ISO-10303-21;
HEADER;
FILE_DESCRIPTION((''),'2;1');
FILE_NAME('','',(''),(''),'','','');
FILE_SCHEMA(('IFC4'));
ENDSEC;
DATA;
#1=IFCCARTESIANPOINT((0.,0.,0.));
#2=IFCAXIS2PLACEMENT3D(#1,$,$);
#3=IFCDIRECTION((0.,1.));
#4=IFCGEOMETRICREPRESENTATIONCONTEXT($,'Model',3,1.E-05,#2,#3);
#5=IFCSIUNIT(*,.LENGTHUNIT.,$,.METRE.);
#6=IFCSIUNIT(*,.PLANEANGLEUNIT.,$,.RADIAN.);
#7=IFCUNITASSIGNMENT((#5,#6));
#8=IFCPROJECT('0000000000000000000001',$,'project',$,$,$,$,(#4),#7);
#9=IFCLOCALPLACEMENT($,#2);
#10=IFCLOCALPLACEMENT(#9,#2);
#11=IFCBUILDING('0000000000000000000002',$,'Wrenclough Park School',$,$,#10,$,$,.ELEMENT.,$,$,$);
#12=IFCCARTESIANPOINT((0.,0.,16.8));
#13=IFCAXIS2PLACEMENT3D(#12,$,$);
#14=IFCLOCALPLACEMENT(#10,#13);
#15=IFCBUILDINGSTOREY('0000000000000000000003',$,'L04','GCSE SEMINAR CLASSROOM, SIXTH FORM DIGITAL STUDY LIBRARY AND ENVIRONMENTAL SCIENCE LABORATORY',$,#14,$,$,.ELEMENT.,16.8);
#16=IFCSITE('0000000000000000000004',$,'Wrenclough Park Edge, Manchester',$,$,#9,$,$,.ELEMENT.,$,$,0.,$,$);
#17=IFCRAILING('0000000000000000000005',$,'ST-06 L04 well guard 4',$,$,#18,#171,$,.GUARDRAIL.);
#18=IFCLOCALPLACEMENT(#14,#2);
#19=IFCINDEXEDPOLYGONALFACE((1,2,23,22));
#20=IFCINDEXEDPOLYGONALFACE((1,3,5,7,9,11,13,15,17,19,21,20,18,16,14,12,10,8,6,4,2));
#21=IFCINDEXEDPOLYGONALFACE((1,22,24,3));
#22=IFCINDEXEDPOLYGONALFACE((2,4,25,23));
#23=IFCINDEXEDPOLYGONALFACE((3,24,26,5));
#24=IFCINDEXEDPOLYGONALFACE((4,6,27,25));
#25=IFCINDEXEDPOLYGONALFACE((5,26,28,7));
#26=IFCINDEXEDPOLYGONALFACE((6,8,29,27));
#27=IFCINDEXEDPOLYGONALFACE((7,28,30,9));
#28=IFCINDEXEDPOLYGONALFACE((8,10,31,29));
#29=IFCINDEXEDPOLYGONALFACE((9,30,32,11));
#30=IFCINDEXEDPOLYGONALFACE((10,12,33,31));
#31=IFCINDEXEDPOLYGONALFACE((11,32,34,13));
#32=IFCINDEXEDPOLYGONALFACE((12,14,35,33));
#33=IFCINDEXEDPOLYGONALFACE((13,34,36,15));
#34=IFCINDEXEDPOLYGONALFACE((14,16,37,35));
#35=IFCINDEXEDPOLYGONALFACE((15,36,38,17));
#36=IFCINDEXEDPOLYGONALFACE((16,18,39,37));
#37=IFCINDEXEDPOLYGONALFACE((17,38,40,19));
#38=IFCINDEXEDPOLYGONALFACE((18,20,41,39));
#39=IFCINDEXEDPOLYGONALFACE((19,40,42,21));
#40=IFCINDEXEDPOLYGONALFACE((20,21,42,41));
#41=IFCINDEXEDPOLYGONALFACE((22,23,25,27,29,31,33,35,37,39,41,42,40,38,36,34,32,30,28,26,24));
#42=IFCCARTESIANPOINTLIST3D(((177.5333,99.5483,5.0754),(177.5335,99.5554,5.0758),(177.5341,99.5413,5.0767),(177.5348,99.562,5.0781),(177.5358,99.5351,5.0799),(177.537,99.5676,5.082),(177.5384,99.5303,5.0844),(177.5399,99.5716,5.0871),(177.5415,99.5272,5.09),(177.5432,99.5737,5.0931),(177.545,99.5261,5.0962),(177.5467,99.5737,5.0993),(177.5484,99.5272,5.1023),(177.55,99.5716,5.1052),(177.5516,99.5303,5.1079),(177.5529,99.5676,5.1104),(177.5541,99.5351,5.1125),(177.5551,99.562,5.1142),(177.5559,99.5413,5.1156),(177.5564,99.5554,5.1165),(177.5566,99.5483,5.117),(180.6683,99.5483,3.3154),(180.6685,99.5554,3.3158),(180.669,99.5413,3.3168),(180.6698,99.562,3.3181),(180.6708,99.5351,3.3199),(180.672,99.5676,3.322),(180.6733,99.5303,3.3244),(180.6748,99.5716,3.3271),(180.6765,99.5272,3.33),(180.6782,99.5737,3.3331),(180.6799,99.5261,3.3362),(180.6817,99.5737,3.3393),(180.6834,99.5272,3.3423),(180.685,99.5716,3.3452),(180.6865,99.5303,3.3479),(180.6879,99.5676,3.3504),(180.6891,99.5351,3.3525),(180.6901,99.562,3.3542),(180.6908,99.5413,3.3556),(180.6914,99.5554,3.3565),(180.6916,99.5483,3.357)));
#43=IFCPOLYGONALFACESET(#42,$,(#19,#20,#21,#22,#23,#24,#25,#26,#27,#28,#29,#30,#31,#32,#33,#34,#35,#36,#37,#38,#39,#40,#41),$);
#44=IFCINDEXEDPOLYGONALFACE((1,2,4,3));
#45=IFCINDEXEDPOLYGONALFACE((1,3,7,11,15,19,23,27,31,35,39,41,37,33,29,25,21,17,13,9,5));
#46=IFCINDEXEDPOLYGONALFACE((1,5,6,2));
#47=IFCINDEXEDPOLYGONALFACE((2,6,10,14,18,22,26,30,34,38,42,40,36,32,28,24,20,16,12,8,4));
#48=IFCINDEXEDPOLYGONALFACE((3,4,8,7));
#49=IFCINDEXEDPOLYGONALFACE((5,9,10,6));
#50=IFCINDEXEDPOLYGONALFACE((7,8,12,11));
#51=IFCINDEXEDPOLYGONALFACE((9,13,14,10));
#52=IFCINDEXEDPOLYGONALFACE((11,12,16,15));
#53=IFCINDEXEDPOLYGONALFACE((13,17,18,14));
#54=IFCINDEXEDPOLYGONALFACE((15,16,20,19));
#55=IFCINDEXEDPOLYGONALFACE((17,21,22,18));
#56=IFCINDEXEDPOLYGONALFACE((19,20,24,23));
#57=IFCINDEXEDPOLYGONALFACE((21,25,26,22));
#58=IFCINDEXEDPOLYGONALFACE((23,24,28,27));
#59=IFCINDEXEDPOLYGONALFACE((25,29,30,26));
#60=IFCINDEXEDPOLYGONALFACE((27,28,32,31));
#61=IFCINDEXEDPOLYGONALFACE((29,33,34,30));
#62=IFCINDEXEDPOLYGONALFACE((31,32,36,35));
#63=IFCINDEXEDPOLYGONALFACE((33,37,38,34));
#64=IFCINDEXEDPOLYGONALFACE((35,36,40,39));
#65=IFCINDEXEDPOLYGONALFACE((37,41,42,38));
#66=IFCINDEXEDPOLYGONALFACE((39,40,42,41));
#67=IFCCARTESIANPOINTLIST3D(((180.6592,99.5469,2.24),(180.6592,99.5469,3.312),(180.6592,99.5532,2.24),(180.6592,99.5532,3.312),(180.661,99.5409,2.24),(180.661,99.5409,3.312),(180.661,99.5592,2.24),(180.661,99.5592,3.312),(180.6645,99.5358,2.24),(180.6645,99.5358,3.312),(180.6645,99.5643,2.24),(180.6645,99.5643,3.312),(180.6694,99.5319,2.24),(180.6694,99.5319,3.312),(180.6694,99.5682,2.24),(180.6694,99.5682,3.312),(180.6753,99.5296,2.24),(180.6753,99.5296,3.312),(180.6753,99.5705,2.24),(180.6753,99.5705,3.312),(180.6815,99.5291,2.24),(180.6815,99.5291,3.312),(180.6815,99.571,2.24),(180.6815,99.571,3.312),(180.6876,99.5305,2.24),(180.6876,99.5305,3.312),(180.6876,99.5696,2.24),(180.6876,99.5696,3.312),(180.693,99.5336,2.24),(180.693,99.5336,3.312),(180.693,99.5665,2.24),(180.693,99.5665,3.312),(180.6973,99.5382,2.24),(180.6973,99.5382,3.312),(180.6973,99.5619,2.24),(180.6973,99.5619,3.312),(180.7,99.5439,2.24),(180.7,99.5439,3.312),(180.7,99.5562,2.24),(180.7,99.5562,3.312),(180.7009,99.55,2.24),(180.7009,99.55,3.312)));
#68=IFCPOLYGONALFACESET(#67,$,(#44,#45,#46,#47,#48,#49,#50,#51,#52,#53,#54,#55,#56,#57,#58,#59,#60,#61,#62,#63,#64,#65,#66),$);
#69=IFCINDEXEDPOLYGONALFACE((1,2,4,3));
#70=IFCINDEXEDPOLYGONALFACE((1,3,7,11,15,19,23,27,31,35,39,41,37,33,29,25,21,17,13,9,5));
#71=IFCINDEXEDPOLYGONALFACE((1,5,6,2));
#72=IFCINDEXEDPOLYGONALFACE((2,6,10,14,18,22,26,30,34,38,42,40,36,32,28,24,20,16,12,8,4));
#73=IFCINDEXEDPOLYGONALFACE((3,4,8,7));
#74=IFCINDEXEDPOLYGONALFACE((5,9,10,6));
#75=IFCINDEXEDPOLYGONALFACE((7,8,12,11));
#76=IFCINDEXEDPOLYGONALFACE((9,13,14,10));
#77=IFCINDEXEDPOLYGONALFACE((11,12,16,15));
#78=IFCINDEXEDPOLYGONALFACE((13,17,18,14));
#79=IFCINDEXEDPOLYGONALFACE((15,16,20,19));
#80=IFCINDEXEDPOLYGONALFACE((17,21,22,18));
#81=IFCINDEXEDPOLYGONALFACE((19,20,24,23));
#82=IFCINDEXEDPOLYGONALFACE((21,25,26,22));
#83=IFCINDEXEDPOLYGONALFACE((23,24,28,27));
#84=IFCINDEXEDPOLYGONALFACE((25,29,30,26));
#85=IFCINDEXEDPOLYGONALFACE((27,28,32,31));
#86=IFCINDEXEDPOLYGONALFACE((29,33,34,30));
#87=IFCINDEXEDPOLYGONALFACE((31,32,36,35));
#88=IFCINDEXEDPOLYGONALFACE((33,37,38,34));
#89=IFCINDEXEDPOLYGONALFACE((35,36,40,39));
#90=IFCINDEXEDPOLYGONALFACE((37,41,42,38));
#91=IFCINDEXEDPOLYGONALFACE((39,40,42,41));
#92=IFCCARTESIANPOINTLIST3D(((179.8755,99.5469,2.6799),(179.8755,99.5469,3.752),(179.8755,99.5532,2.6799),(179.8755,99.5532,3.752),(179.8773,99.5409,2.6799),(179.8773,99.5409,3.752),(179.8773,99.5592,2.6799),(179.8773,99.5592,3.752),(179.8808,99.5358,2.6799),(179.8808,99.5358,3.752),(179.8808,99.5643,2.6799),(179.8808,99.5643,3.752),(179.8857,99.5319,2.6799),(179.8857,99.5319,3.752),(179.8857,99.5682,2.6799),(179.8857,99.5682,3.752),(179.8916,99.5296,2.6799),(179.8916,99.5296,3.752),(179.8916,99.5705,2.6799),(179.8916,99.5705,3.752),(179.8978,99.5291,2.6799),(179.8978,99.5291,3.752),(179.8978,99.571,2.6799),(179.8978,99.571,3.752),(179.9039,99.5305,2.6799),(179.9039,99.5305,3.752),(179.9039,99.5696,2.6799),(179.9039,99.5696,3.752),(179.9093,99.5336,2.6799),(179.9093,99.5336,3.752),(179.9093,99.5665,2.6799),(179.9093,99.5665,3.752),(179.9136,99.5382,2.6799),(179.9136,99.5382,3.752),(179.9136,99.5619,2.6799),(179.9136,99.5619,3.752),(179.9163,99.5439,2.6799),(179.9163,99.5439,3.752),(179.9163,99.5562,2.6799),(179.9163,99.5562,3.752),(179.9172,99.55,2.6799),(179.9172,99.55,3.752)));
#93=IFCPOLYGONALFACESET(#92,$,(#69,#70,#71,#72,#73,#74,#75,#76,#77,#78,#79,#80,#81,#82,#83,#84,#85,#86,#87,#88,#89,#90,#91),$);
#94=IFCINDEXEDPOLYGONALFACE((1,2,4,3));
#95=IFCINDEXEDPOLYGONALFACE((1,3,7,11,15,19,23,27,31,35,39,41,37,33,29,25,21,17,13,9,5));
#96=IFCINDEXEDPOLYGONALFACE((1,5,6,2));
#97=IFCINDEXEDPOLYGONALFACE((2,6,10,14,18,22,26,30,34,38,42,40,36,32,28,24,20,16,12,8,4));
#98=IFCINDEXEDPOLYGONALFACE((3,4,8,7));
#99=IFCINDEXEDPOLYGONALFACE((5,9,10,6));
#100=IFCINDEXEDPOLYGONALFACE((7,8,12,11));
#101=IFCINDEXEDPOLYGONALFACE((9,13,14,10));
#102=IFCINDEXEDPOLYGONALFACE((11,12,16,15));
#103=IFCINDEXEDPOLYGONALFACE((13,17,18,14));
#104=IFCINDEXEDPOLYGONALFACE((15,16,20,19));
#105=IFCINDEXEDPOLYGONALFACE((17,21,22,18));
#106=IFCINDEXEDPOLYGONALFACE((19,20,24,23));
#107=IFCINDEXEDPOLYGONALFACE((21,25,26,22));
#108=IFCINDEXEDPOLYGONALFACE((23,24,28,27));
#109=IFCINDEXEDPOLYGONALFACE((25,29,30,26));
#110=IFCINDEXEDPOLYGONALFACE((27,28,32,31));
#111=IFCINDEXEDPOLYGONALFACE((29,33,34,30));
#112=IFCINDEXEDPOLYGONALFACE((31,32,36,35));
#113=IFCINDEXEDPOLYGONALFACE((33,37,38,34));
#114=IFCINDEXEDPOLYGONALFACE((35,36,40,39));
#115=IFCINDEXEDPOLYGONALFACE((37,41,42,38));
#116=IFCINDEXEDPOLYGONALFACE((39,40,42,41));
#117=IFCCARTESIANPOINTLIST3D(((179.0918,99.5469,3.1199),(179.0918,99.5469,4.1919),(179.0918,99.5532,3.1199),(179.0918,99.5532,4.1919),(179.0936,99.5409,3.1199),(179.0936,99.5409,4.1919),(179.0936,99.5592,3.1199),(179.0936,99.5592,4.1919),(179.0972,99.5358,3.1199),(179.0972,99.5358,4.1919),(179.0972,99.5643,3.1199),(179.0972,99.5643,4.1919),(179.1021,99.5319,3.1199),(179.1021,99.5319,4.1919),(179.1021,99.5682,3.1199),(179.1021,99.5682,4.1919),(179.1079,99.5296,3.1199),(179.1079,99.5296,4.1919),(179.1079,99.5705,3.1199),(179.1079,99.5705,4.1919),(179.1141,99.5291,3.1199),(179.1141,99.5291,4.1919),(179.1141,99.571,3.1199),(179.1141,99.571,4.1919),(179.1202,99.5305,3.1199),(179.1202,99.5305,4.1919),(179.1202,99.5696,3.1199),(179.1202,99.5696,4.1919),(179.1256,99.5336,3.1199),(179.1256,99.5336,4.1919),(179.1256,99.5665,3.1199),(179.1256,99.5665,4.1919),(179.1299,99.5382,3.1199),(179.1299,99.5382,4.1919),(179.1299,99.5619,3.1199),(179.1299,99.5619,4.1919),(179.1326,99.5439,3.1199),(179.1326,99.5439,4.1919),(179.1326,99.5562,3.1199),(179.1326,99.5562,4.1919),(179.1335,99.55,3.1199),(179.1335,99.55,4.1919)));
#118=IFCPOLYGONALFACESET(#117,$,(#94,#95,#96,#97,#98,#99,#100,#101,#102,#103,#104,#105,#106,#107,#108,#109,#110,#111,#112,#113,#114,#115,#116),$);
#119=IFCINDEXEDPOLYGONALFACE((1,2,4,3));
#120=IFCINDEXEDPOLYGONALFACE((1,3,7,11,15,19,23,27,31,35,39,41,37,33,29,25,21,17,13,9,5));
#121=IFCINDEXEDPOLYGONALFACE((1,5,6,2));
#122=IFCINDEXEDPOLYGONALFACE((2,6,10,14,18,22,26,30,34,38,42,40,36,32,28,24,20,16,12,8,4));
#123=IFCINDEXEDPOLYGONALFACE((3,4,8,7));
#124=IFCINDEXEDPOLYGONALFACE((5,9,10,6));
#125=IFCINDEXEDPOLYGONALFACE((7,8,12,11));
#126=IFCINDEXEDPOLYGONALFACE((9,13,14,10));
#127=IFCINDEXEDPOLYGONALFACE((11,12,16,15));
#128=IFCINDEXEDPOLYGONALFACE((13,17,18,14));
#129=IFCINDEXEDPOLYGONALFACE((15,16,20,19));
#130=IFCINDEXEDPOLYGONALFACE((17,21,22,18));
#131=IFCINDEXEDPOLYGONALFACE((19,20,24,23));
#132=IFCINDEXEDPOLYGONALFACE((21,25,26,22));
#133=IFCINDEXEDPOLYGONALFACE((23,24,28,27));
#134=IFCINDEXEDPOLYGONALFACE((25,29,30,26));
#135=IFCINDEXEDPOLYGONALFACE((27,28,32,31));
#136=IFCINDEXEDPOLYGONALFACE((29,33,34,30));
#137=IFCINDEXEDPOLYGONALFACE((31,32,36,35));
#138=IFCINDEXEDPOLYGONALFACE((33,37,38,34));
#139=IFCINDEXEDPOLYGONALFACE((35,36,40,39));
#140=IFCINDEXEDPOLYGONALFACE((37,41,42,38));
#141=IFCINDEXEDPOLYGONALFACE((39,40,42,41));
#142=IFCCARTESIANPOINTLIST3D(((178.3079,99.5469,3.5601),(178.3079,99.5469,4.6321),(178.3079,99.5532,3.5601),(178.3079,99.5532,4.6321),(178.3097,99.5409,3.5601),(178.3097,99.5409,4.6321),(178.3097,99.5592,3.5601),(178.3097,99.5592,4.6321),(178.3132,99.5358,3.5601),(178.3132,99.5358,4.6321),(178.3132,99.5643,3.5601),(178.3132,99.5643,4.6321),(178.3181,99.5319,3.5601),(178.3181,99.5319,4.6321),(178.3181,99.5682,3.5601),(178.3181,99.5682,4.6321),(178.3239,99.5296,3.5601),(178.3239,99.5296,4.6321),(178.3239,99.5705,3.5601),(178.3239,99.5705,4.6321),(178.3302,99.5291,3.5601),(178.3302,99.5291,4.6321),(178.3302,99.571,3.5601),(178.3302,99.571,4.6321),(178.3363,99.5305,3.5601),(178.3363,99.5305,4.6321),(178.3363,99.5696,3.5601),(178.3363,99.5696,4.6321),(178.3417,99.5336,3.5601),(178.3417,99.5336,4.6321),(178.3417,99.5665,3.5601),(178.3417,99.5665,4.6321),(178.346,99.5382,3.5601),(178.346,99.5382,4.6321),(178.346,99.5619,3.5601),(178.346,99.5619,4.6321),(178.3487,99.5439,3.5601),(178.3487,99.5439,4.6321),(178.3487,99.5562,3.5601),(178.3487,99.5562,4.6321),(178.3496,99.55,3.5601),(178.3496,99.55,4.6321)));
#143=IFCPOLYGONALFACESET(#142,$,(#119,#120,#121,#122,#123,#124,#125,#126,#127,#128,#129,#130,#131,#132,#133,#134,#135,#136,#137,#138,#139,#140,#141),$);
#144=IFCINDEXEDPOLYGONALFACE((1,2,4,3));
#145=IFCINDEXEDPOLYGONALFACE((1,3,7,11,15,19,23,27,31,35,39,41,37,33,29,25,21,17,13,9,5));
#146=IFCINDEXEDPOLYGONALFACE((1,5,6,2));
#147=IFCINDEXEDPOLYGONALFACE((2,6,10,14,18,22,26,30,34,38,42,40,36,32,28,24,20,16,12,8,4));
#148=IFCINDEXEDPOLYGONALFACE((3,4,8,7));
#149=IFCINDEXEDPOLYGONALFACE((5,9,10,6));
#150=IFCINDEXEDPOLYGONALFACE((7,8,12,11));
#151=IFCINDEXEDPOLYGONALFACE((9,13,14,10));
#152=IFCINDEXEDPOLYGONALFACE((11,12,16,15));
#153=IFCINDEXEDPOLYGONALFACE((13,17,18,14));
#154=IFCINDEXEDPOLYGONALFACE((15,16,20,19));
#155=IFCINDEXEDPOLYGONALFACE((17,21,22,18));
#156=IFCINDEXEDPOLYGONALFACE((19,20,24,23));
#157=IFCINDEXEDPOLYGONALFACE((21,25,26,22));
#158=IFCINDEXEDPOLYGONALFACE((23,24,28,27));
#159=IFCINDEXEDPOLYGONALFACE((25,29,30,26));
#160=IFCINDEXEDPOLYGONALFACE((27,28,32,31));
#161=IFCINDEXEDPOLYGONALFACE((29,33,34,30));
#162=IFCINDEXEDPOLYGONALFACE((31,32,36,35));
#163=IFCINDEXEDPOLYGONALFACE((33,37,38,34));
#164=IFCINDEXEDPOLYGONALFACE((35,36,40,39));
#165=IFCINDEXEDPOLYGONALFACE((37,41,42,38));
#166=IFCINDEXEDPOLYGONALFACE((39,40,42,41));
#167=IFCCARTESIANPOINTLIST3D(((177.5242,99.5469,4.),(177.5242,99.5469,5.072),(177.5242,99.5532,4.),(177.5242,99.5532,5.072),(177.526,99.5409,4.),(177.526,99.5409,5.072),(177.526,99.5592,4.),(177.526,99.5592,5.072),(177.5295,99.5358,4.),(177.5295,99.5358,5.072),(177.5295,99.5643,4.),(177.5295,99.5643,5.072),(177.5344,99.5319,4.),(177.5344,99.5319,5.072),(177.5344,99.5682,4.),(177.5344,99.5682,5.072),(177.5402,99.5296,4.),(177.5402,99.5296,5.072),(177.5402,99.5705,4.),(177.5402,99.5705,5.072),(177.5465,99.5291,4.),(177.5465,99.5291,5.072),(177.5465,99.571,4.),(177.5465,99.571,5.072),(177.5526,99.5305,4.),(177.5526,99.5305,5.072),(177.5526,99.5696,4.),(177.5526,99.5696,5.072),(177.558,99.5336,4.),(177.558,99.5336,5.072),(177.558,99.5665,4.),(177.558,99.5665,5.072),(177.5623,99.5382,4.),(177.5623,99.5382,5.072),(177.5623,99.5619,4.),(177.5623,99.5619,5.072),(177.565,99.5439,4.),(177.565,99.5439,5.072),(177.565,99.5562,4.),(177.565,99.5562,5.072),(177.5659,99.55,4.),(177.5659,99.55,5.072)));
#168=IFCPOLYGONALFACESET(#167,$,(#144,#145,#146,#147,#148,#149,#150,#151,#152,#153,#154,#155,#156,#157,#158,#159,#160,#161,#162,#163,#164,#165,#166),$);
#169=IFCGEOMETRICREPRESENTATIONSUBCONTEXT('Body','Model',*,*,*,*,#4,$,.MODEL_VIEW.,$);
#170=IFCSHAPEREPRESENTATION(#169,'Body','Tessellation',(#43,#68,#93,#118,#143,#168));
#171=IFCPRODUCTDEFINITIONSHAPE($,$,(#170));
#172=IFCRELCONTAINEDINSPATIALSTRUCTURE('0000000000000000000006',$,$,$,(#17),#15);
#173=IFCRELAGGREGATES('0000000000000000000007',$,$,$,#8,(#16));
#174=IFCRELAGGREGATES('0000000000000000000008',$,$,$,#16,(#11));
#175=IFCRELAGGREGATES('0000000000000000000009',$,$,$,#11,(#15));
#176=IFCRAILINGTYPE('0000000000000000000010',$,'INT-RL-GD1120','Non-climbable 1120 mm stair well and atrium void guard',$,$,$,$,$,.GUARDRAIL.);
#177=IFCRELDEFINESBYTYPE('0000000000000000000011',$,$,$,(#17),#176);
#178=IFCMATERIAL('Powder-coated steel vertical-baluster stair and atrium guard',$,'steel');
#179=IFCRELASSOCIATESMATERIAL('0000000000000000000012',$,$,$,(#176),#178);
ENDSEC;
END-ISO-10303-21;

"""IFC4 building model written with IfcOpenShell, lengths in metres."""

from ifc_helpers import new_model, si_unit, direction, frame, origin, origin_2d, place, context, subcontext, project, spatial, circle, extrude, material, type_object, element, save


model = new_model("IFC4")

# Units and contexts
model_context = context("Model", 3, precision=1e-05, world=origin(), true_north=direction((0.0, 1.0)))
body_context = subcontext(model_context, "Body", "Model", "MODEL_VIEW")
ifc_project = project(units=[si_unit("LENGTHUNIT", "METRE"), si_unit("PLANEANGLEUNIT", "RADIAN")], contexts=[model_context])

# Site, building, storey
site_placement = place(None, origin())
site = spatial("IfcSite", under=ifc_project, at=site_placement, Name="Wrenclough Park Edge, Manchester", CompositionType="ELEMENT", RefElevation=0.0)
building_placement = place(site_placement, origin())
building = spatial("IfcBuilding", under=site, at=building_placement, Name="Wrenclough Park School", CompositionType="ELEMENT")
storey_placement = place(building_placement, frame((0.0, 0.0, 16.8)))
storey = spatial("IfcBuildingStorey", under=building, at=storey_placement, Name="L04", Description="GCSE SEMINAR CLASSROOM, SIXTH FORM DIGITAL STUDY LIBRARY AND ENVIRONMENTAL SCIENCE LABORATORY", CompositionType="ELEMENT", Elevation=16.8)

# Railing
ifc_material_1 = material(Name="Powder-coated steel vertical-baluster stair and atrium guard", Category="steel")
railing_type_1 = type_object("IfcRailingType", Name="INT-RL-GD1120", Description="Non-climbable 1120 mm stair well and atrium void guard", PredefinedType="GUARDRAIL", material=ifc_material_1)
railing_1_placement = place(storey_placement, frame((180.6799, 99.55, 2.24)))
element("IfcRailing", 1, at=railing_1_placement, inside=storey, type_object=railing_type_1, Name="ST-06 L04 well guard 4", PredefinedType="GUARDRAIL", context=body_context, shape_type="SweptSolid", body=[
    extrude(circle(Radius=0.0239, at=origin_2d()), frame((0.0, 0.0, 1.0962), z_axis=(-0.871983, 0.0, 0.489536), x_axis=(0.0, -1.0, 0.0)), (0.0, 0.0, 1.0), 3.5952),
    extrude(circle(Radius=0.021, at=origin_2d()), origin(), (0.0, 0.0, 1.0), 1.072),
    extrude(circle(Radius=0.021, at=origin_2d()), frame((-0.7837, 0.0, 0.4399)), (0.0, 0.0, 1.0), 1.072),
    extrude(circle(Radius=0.021, at=origin_2d()), frame((-1.5674, 0.0, 0.8799)), (0.0, 0.0, 1.0), 1.072),
    extrude(circle(Radius=0.021, at=origin_2d()), frame((-2.3513, 0.0, 1.3201)), (0.0, 0.0, 1.0), 1.072),
    extrude(circle(Radius=0.021, at=origin_2d()), frame((-3.135, 0.0, 1.76)), (0.0, 0.0, 1.0), 1.072),
])

save(model, "model.ifc")
